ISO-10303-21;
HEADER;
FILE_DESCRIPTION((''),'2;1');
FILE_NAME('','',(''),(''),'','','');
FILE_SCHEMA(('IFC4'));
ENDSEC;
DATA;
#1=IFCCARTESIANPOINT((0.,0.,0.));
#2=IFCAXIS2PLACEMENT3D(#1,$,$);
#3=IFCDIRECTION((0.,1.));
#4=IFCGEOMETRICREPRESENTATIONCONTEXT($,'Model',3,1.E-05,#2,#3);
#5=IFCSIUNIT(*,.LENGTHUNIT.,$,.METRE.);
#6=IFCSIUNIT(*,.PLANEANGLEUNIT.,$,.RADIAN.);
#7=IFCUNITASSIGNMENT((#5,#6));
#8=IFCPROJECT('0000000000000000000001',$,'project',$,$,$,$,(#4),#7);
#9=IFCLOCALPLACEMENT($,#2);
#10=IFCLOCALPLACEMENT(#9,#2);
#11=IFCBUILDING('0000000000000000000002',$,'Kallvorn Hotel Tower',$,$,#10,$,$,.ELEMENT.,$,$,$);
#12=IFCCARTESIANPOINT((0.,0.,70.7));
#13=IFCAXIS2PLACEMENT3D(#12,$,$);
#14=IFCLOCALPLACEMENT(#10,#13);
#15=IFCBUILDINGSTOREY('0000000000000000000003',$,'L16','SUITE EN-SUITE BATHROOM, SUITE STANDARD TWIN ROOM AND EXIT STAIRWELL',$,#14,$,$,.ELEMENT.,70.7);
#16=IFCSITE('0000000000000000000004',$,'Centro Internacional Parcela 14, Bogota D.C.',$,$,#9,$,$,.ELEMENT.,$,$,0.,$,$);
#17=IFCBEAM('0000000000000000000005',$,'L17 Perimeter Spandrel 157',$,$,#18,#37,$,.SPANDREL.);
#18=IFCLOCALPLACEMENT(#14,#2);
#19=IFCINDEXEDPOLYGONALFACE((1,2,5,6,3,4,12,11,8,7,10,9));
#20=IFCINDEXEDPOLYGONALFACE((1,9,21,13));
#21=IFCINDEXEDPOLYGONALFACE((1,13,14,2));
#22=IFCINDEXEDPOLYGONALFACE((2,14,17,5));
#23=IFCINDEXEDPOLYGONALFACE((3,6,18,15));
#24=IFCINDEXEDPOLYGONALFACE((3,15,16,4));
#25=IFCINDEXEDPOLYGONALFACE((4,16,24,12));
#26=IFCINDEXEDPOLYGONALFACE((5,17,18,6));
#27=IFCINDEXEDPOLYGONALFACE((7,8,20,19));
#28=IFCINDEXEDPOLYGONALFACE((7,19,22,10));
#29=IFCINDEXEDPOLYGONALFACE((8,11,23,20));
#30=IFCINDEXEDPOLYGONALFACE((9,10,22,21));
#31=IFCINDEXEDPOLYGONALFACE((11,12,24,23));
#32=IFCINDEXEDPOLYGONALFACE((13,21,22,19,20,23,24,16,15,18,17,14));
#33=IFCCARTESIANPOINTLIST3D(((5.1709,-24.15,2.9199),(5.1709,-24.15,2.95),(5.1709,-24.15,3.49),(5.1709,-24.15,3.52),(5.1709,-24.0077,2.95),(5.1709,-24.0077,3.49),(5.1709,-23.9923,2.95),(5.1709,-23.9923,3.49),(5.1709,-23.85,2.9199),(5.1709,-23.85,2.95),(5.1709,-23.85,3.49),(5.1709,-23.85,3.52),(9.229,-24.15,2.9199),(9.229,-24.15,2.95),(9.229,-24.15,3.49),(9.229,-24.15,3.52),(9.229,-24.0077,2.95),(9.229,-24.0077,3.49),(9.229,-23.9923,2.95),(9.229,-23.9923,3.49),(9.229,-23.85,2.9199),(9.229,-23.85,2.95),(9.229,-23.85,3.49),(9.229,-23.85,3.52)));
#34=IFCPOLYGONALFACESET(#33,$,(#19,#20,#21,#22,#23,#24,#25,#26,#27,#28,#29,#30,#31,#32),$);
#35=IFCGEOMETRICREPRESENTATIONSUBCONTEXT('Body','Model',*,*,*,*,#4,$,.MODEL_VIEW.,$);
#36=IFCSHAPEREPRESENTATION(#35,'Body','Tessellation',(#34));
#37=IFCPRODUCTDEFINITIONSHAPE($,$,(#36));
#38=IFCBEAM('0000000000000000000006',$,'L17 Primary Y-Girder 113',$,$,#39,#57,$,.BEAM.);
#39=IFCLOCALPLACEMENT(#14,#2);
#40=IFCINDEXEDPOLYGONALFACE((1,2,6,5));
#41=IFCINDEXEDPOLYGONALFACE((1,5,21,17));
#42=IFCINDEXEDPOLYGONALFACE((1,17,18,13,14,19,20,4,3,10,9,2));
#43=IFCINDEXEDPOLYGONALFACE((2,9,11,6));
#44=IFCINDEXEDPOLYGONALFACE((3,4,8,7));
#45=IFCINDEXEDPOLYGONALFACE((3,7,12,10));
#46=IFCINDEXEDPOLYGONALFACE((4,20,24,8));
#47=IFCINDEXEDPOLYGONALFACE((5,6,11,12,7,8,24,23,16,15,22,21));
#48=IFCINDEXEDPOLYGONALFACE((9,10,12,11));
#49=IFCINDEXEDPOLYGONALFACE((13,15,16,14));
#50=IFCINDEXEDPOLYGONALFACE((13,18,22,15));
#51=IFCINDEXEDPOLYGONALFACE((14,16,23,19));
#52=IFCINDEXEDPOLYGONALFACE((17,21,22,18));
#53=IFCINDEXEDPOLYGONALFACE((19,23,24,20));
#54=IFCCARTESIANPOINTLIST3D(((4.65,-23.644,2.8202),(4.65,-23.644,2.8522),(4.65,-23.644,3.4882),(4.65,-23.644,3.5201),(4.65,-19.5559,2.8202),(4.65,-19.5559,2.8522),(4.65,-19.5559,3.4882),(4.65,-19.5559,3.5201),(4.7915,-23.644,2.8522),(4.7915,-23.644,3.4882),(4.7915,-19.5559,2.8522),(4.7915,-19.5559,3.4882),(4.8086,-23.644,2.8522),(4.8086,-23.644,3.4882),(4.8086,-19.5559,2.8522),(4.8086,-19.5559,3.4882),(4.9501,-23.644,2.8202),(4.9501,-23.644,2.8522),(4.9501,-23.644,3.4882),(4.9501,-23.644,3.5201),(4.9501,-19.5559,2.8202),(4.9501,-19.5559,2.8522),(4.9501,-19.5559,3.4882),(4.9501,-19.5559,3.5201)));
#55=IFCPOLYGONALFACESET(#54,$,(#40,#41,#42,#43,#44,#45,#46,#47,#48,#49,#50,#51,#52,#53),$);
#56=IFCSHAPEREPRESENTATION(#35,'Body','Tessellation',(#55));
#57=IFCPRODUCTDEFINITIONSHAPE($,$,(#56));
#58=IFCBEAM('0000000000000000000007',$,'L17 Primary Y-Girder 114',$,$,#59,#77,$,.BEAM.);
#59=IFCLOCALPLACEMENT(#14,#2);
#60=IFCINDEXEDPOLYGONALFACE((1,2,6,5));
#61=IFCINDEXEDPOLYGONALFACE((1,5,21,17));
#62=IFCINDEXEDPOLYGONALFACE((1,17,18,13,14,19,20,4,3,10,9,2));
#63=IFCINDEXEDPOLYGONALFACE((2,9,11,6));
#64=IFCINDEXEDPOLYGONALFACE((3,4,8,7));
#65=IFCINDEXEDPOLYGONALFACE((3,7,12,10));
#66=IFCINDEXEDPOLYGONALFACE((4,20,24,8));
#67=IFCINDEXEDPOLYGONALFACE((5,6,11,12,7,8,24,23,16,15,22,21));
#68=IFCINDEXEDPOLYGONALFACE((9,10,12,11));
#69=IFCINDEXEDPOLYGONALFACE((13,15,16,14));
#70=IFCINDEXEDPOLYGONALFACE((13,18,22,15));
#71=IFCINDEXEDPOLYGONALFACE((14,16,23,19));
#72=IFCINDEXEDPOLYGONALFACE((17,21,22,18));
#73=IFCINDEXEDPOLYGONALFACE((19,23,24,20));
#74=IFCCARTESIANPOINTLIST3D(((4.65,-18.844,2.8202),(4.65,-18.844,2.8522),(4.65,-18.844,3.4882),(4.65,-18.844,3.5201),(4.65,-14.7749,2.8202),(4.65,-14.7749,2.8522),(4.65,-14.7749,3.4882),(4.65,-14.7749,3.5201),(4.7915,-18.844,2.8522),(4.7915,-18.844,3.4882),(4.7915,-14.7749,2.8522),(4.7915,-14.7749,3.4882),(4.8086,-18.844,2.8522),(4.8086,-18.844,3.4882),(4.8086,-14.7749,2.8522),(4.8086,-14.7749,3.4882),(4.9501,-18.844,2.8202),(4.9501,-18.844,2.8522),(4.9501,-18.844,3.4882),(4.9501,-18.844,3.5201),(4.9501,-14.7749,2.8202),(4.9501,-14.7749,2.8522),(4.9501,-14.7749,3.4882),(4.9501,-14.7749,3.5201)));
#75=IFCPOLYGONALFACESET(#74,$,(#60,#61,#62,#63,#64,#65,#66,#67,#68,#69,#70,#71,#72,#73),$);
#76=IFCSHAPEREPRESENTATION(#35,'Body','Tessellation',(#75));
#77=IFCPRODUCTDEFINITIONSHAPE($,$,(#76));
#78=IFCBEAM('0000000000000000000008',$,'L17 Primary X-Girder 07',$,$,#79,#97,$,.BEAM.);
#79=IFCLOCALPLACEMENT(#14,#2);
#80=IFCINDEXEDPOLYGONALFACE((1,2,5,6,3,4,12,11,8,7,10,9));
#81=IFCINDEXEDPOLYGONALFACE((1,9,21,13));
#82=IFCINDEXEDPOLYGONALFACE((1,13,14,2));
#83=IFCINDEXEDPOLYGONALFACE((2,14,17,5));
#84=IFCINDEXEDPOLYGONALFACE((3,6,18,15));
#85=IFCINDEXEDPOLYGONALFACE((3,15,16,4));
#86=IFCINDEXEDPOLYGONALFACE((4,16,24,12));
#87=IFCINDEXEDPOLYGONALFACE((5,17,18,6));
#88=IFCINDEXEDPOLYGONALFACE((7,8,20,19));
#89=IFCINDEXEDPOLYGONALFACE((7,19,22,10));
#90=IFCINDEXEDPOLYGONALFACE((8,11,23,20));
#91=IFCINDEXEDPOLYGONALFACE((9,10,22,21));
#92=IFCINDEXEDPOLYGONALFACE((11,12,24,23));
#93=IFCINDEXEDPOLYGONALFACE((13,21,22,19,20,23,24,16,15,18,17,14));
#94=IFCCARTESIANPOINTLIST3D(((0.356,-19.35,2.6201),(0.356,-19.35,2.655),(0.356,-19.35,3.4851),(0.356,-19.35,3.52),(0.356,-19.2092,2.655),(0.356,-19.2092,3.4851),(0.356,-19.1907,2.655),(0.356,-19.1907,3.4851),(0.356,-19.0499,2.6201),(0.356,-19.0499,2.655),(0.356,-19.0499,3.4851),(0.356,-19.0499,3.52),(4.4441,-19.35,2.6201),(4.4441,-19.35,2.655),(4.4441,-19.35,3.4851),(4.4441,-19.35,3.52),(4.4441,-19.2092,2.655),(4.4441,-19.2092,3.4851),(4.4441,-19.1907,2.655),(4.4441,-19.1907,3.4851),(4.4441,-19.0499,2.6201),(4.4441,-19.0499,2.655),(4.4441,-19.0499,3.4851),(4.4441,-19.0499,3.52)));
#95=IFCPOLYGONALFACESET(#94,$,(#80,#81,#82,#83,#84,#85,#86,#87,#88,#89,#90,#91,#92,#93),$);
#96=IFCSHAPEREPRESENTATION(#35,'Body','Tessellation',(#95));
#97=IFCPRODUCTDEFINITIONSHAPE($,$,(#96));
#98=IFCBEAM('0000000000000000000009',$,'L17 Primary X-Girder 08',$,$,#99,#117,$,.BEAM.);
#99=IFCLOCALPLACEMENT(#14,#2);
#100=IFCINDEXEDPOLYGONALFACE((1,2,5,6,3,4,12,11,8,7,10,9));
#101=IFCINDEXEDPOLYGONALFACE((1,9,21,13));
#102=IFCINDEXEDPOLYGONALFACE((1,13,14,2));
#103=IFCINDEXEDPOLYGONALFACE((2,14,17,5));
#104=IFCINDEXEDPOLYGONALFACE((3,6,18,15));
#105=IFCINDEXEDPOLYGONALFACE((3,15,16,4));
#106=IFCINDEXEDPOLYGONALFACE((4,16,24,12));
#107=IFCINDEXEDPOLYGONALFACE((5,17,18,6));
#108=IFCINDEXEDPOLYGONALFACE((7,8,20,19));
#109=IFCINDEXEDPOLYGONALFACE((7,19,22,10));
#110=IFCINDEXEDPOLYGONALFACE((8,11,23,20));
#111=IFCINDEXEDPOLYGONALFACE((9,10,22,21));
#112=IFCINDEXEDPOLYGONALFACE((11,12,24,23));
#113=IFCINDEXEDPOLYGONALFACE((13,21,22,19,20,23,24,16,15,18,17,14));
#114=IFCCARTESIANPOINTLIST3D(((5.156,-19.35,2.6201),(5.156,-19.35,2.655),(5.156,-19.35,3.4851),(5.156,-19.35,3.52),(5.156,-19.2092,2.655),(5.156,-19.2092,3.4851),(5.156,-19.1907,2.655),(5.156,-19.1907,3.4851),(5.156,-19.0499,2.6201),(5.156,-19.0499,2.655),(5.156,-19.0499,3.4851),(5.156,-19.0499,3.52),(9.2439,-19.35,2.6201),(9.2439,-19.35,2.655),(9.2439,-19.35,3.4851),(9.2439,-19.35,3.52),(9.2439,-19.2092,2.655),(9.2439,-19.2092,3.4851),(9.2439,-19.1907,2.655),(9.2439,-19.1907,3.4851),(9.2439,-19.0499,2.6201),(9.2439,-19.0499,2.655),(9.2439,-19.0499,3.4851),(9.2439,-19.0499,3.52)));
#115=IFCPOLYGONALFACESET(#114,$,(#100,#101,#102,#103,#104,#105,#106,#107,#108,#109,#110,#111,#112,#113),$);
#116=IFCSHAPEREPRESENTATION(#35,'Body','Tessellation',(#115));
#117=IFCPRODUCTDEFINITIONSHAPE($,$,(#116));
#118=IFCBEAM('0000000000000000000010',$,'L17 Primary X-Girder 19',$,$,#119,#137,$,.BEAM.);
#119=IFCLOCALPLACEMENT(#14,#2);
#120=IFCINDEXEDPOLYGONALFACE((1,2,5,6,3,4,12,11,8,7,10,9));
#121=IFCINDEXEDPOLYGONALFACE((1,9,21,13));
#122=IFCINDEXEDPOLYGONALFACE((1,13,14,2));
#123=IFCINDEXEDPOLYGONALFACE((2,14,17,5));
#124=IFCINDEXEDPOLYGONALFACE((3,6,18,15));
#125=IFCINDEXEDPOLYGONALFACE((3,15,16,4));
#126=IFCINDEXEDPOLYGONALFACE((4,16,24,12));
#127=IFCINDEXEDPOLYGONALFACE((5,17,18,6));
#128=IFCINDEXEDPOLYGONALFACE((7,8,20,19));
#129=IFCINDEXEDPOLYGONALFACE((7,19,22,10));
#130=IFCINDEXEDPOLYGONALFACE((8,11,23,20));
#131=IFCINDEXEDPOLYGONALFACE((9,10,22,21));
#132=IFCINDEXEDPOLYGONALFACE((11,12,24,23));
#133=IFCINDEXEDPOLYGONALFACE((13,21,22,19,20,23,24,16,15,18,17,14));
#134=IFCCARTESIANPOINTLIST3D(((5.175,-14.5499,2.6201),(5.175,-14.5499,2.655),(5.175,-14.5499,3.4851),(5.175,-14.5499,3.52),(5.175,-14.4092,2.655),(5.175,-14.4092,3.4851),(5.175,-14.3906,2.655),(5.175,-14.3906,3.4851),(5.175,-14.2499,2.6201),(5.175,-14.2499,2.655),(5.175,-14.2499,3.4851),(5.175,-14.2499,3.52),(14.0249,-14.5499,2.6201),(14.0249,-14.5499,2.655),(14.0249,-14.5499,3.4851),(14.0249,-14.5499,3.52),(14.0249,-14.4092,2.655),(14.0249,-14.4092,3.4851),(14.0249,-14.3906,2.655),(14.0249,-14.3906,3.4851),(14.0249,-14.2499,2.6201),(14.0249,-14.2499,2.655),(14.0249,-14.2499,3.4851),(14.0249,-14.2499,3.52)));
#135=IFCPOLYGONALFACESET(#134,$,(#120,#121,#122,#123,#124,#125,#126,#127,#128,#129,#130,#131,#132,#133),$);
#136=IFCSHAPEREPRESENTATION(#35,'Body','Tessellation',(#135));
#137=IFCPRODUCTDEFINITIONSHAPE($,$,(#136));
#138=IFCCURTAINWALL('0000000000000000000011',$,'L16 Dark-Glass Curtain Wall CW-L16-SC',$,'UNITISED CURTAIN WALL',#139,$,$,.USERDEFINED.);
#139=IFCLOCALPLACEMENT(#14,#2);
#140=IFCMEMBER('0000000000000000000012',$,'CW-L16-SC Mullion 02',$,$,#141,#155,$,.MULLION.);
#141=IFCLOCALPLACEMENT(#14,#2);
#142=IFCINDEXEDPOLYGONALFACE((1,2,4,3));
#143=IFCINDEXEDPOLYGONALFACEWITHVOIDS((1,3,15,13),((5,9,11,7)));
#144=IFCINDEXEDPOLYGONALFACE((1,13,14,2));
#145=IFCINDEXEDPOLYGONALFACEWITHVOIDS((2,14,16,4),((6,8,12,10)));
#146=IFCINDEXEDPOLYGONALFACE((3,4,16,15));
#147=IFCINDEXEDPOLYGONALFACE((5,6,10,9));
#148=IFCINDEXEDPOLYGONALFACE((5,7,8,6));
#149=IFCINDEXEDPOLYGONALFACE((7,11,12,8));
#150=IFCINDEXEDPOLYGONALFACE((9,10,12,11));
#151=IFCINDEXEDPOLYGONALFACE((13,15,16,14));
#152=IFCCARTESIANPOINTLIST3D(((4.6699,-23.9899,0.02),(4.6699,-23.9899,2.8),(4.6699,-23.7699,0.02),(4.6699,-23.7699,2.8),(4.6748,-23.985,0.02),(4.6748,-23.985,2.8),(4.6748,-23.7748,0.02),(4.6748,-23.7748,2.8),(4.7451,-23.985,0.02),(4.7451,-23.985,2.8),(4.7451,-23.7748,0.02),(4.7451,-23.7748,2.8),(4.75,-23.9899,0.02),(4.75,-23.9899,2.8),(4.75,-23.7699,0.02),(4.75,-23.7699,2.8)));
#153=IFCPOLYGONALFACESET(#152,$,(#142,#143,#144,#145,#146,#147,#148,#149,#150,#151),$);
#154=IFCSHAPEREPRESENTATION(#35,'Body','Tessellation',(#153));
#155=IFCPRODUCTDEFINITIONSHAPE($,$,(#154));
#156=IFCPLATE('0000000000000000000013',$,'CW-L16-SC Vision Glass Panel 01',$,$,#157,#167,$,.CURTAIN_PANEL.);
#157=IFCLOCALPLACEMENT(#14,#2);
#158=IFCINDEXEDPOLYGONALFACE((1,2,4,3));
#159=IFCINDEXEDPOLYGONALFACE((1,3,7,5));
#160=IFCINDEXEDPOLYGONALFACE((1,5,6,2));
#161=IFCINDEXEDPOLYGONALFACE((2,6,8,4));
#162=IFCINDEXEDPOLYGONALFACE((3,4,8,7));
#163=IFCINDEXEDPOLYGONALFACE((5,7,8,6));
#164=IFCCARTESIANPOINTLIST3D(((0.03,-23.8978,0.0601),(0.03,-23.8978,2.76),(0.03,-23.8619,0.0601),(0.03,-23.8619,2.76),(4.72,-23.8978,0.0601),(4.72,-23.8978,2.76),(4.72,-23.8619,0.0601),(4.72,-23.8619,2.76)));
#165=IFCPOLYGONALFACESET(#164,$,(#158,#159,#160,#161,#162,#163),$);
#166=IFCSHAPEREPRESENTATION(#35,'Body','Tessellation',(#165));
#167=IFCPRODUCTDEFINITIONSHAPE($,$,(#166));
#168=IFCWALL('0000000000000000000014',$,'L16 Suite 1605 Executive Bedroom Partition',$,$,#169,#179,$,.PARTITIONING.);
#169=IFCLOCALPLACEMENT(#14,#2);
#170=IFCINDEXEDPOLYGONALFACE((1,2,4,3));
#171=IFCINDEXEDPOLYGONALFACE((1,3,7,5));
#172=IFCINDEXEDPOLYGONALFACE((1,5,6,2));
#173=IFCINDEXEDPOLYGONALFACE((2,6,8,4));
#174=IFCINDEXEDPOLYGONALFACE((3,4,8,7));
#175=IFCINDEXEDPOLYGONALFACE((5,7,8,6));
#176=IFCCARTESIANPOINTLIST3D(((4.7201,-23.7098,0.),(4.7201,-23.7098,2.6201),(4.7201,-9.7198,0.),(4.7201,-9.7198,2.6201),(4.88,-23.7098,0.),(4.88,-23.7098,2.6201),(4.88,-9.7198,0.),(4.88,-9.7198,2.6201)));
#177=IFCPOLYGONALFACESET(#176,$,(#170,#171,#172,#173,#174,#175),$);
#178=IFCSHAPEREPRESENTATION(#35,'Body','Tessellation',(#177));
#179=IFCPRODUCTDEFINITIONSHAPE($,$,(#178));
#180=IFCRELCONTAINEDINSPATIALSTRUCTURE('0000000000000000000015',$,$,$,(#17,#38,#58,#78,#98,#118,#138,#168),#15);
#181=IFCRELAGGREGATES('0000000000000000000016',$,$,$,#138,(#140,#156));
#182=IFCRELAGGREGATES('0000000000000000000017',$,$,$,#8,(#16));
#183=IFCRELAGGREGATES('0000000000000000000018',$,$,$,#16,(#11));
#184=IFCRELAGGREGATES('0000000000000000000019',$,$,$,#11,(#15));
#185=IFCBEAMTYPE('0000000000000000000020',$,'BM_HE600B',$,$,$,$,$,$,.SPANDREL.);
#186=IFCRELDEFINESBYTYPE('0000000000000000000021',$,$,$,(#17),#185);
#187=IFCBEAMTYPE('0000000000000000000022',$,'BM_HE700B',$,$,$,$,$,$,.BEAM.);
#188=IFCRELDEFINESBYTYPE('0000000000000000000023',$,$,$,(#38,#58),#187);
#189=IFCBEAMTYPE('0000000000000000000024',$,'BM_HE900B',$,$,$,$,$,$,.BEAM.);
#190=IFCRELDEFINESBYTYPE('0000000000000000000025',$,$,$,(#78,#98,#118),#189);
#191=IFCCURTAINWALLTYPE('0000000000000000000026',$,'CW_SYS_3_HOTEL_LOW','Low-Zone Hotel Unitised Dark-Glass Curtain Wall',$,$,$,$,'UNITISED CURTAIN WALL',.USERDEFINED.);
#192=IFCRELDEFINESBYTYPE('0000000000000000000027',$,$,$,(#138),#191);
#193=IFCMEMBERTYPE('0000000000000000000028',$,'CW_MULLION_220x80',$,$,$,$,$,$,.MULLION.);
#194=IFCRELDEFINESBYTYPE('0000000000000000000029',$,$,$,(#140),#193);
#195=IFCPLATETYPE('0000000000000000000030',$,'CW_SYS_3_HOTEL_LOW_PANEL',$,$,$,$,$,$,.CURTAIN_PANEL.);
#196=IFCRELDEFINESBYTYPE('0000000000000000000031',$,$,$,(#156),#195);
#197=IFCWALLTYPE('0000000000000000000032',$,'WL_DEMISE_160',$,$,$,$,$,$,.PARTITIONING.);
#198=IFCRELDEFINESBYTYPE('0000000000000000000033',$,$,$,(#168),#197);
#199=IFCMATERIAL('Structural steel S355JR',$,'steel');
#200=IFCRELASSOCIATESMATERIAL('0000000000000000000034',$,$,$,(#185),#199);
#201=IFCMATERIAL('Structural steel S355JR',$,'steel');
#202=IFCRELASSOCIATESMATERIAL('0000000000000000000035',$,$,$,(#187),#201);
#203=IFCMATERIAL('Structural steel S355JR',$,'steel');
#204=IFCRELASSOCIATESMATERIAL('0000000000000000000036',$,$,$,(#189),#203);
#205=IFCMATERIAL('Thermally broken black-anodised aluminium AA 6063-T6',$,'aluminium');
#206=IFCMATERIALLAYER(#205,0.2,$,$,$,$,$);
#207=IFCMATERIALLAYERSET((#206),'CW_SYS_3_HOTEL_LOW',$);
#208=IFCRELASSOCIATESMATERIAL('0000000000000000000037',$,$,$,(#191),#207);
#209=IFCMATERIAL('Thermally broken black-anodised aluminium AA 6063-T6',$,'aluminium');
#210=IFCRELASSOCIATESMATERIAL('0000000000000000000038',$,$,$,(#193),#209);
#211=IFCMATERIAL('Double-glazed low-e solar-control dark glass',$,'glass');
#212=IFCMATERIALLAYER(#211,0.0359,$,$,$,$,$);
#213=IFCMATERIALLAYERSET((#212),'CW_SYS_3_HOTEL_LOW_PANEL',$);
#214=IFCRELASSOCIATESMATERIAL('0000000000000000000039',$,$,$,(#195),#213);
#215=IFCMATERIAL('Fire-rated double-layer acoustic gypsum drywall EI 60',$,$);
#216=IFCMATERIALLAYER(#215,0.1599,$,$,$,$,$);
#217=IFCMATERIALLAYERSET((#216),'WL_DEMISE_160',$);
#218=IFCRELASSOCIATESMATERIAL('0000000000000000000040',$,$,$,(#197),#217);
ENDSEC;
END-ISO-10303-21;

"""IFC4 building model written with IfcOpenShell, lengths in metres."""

from ifc_helpers import new_model, si_unit, direction, frame, frame_2d, origin, origin_2d, place, context, subcontext, project, spatial, rectangle, hollow_rectangle, i_section, extrude, material, layer, layer_set, material_profile, profile_set, type_object, element, aggregate, save


model = new_model("IFC4")

# Units and contexts
model_context = context("Model", 3, precision=1e-05, world=origin(), true_north=direction((0.0, 1.0)))
body_context = subcontext(model_context, "Body", "Model", "MODEL_VIEW")
ifc_project = project(units=[si_unit("LENGTHUNIT", "METRE"), si_unit("PLANEANGLEUNIT", "RADIAN")], contexts=[model_context])

# Site, building, storey
site_placement = place(None, origin())
site = spatial("IfcSite", under=ifc_project, at=site_placement, Name="Centro Internacional Parcela 14, Bogota D.C.", CompositionType="ELEMENT", RefElevation=0.0)
building_placement = place(site_placement, origin())
building = spatial("IfcBuilding", under=site, at=building_placement, Name="Kallvorn Hotel Tower", CompositionType="ELEMENT")
storey_placement = place(building_placement, frame((0.0, 0.0, 70.7)))
storey = spatial("IfcBuildingStorey", under=building, at=storey_placement, Name="L16", Description="SUITE EN-SUITE BATHROOM, SUITE STANDARD TWIN ROOM AND EXIT STAIRWELL", CompositionType="ELEMENT", Elevation=70.7)

# Beams
ifc_material_1 = material(Name="Structural steel S355JR", Category="steel")
ifc_material_profile_1 = material_profile(ifc_material_1, i_section(OverallWidth=0.3, OverallDepth=0.6001, WebThickness=0.0154, FlangeThickness=0.03, at=origin_2d()), Name="HE 600 B")
ifc_profile_set_1 = profile_set([ifc_material_profile_1], Name="Structural steel S355JR")
beam_type_1 = type_object("IfcBeamType", Name="BM_HE600B", PredefinedType="SPANDREL", material=ifc_profile_set_1)
beam_1_placement = place(storey_placement, frame((5.1709, -24.0, 3.22), z_axis=(1.0, 0.0, 0.0), x_axis=(0.0, 1.0, 0.0)))
element("IfcBeam", 1, at=beam_1_placement, inside=storey, type_object=beam_type_1, Name="L17 Perimeter Spandrel 157", PredefinedType="SPANDREL", context=body_context, shape_type="SweptSolid", body=[
    extrude(i_section(OverallWidth=0.3, OverallDepth=0.6001, WebThickness=0.0154, FlangeThickness=0.03, at=origin_2d()), origin(), (0.0, 0.0, 1.0), 4.0581),
])
ifc_material_2 = material(Name="Structural steel S355JR", Category="steel")
ifc_material_profile_2 = material_profile(ifc_material_2, i_section(OverallWidth=0.3, OverallDepth=0.7, WebThickness=0.0171, FlangeThickness=0.032, at=origin_2d()), Name="HE 700 B")
ifc_profile_set_2 = profile_set([ifc_material_profile_2], Name="Structural steel S355JR")
beam_type_2 = type_object("IfcBeamType", Name="BM_HE700B", PredefinedType="BEAM", material=ifc_profile_set_2)
beam_2_placement = place(storey_placement, frame((4.8, -23.644, 3.1702), z_axis=(0.0, 1.0, 0.0), x_axis=(-1.0, 0.0, 0.0)))
element("IfcBeam", 2, at=beam_2_placement, inside=storey, type_object=beam_type_2, Name="L17 Primary Y-Girder 113", PredefinedType="BEAM", context=body_context, shape_type="SweptSolid", body=[
    extrude(i_section(OverallWidth=0.3, OverallDepth=0.7, WebThickness=0.0171, FlangeThickness=0.032, at=origin_2d()), origin(), (0.0, 0.0, 1.0), 4.0881),
])
beam_3_placement = place(storey_placement, frame((4.8, -18.844, 3.1702), z_axis=(0.0, 1.0, 0.0), x_axis=(-1.0, 0.0, 0.0)))
element("IfcBeam", 3, at=beam_3_placement, inside=storey, type_object=beam_type_2, Name="L17 Primary Y-Girder 114", PredefinedType="BEAM", context=body_context, shape_type="SweptSolid", body=[
    extrude(i_section(OverallWidth=0.3, OverallDepth=0.7, WebThickness=0.0171, FlangeThickness=0.032, at=origin_2d()), origin(), (0.0, 0.0, 1.0), 4.0691),
])
ifc_material_3 = material(Name="Structural steel S355JR", Category="steel")
ifc_material_profile_3 = material_profile(ifc_material_3, i_section(OverallWidth=0.3, OverallDepth=0.8999, WebThickness=0.0186, FlangeThickness=0.0349, at=origin_2d()), Name="HE 900 B")
ifc_profile_set_3 = profile_set([ifc_material_profile_3], Name="Structural steel S355JR")
beam_type_3 = type_object("IfcBeamType", Name="BM_HE900B", PredefinedType="BEAM", material=ifc_profile_set_3)
beam_4_placement = place(storey_placement, frame((0.356, -19.2, 3.0701), z_axis=(1.0, 0.0, 0.0), x_axis=(0.0, 1.0, 0.0)))
element("IfcBeam", 4, at=beam_4_placement, inside=storey, type_object=beam_type_3, Name="L17 Primary X-Girder 07", PredefinedType="BEAM", context=body_context, shape_type="SweptSolid", body=[
    extrude(i_section(OverallWidth=0.3, OverallDepth=0.8999, WebThickness=0.0186, FlangeThickness=0.0349, at=origin_2d()), origin(), (0.0, 0.0, 1.0), 4.0881),
])
beam_5_placement = place(storey_placement, frame((5.156, -19.2, 3.0701), z_axis=(1.0, 0.0, 0.0), x_axis=(0.0, 1.0, 0.0)))
element("IfcBeam", 5, at=beam_5_placement, inside=storey, type_object=beam_type_3, Name="L17 Primary X-Girder 08", PredefinedType="BEAM", context=body_context, shape_type="SweptSolid", body=[
    extrude(i_section(OverallWidth=0.3, OverallDepth=0.8999, WebThickness=0.0186, FlangeThickness=0.0349, at=origin_2d()), origin(), (0.0, 0.0, 1.0), 4.0879),
])
beam_6_placement = place(storey_placement, frame((5.175, -14.3999, 3.0701), z_axis=(1.0, 0.0, 0.0), x_axis=(0.0, 1.0, 0.0)))
element("IfcBeam", 6, at=beam_6_placement, inside=storey, type_object=beam_type_3, Name="L17 Primary X-Girder 19", PredefinedType="BEAM", context=body_context, shape_type="SweptSolid", body=[
    extrude(i_section(OverallWidth=0.3, OverallDepth=0.8999, WebThickness=0.0186, FlangeThickness=0.0349, at=origin_2d()), origin(), (0.0, 0.0, 1.0), 8.8499),
])

# Curtain wall, member, plate
ifc_material_4 = material(Name="Thermally broken black-anodised aluminium AA 6063-T6", Category="aluminium")
ifc_layer_1 = layer(ifc_material_4, 0.2)
ifc_layer_set_1 = layer_set([ifc_layer_1], Name="CW_SYS_3_HOTEL_LOW")
curtain_wall_type = type_object("IfcCurtainWallType", Name="CW_SYS_3_HOTEL_LOW", Description="Low-Zone Hotel Unitised Dark-Glass Curtain Wall", ElementType="UNITISED CURTAIN WALL", PredefinedType="USERDEFINED", material=ifc_layer_set_1)
curtain_wall_placement = place(storey_placement, origin())
curtain_wall = element("IfcCurtainWall", 7, at=curtain_wall_placement, inside=storey, type_object=curtain_wall_type, Name="L16 Dark-Glass Curtain Wall CW-L16-SC", ObjectType="UNITISED CURTAIN WALL", PredefinedType="USERDEFINED")
ifc_material_5 = material(Name="Thermally broken black-anodised aluminium AA 6063-T6", Category="aluminium")
ifc_material_profile_4 = material_profile(ifc_material_5, hollow_rectangle(XDim=0.0801, YDim=0.22, WallThickness=0.0049, at=origin_2d()), Name="MUL 220x80")
ifc_profile_set_4 = profile_set([ifc_material_profile_4], Name="Thermally broken black-anodised aluminium AA 6063-T6")
member_type = type_object("IfcMemberType", Name="CW_MULLION_220x80", PredefinedType="MULLION", material=ifc_profile_set_4)
member_placement = place(storey_placement, frame((4.71, -23.8799, 0.02), z_axis=(0.0, 0.0, 1.0), x_axis=(1.0, 0.0, 0.0)))
member = element("IfcMember", 8, at=member_placement, type_object=member_type, Name="CW-L16-SC Mullion 02", PredefinedType="MULLION", context=body_context, shape_type="SweptSolid", body=[
    extrude(hollow_rectangle(XDim=0.0801, YDim=0.22, WallThickness=0.0049, at=origin_2d()), origin(), (0.0, 0.0, 1.0), 2.78),
])
ifc_material_6 = material(Name="Double-glazed low-e solar-control dark glass", Category="glass")
ifc_layer_2 = layer(ifc_material_6, 0.0359)
ifc_layer_set_2 = layer_set([ifc_layer_2], Name="CW_SYS_3_HOTEL_LOW_PANEL")
plate_type = type_object("IfcPlateType", Name="CW_SYS_3_HOTEL_LOW_PANEL", PredefinedType="CURTAIN_PANEL", material=ifc_layer_set_2)
plate_placement = place(storey_placement, frame((2.375, -23.8799, 0.0601), z_axis=(0.0, 0.0, 1.0), x_axis=(1.0, 0.0, 0.0)))
plate = element("IfcPlate", 9, at=plate_placement, type_object=plate_type, Name="CW-L16-SC Vision Glass Panel 01", PredefinedType="CURTAIN_PANEL", context=body_context, shape_type="SweptSolid", body=[
    extrude(rectangle(XDim=4.6899, YDim=0.0359, at=origin_2d()), origin(), (0.0, 0.0, 1.0), 2.7),
])
aggregate(curtain_wall, [member, plate])

# Wall
ifc_material_7 = material(Name="Fire-rated double-layer acoustic gypsum drywall EI 60")
ifc_layer_3 = layer(ifc_material_7, 0.1599)
ifc_layer_set_3 = layer_set([ifc_layer_3], Name="WL_DEMISE_160")
wall_type_1 = type_object("IfcWallType", Name="WL_DEMISE_160", PredefinedType="PARTITIONING", material=ifc_layer_set_3)
wall_1_placement = place(storey_placement, frame((4.8, -23.71, 0.0), z_axis=(0.0, 0.0, 1.0), x_axis=(0.0, 1.0, 0.0)))
element("IfcWall", 10, at=wall_1_placement, inside=storey, type_object=wall_type_1, Name="L16 Suite 1605 Executive Bedroom Partition", PredefinedType="PARTITIONING", context=body_context, shape_type="SweptSolid", body=[
    extrude(rectangle(XDim=13.99, YDim=0.1599, at=frame_2d((6.9951, 0.0))), origin(), (0.0, 0.0, 1.0), 2.6201),
])

save(model, "model.ifc")
